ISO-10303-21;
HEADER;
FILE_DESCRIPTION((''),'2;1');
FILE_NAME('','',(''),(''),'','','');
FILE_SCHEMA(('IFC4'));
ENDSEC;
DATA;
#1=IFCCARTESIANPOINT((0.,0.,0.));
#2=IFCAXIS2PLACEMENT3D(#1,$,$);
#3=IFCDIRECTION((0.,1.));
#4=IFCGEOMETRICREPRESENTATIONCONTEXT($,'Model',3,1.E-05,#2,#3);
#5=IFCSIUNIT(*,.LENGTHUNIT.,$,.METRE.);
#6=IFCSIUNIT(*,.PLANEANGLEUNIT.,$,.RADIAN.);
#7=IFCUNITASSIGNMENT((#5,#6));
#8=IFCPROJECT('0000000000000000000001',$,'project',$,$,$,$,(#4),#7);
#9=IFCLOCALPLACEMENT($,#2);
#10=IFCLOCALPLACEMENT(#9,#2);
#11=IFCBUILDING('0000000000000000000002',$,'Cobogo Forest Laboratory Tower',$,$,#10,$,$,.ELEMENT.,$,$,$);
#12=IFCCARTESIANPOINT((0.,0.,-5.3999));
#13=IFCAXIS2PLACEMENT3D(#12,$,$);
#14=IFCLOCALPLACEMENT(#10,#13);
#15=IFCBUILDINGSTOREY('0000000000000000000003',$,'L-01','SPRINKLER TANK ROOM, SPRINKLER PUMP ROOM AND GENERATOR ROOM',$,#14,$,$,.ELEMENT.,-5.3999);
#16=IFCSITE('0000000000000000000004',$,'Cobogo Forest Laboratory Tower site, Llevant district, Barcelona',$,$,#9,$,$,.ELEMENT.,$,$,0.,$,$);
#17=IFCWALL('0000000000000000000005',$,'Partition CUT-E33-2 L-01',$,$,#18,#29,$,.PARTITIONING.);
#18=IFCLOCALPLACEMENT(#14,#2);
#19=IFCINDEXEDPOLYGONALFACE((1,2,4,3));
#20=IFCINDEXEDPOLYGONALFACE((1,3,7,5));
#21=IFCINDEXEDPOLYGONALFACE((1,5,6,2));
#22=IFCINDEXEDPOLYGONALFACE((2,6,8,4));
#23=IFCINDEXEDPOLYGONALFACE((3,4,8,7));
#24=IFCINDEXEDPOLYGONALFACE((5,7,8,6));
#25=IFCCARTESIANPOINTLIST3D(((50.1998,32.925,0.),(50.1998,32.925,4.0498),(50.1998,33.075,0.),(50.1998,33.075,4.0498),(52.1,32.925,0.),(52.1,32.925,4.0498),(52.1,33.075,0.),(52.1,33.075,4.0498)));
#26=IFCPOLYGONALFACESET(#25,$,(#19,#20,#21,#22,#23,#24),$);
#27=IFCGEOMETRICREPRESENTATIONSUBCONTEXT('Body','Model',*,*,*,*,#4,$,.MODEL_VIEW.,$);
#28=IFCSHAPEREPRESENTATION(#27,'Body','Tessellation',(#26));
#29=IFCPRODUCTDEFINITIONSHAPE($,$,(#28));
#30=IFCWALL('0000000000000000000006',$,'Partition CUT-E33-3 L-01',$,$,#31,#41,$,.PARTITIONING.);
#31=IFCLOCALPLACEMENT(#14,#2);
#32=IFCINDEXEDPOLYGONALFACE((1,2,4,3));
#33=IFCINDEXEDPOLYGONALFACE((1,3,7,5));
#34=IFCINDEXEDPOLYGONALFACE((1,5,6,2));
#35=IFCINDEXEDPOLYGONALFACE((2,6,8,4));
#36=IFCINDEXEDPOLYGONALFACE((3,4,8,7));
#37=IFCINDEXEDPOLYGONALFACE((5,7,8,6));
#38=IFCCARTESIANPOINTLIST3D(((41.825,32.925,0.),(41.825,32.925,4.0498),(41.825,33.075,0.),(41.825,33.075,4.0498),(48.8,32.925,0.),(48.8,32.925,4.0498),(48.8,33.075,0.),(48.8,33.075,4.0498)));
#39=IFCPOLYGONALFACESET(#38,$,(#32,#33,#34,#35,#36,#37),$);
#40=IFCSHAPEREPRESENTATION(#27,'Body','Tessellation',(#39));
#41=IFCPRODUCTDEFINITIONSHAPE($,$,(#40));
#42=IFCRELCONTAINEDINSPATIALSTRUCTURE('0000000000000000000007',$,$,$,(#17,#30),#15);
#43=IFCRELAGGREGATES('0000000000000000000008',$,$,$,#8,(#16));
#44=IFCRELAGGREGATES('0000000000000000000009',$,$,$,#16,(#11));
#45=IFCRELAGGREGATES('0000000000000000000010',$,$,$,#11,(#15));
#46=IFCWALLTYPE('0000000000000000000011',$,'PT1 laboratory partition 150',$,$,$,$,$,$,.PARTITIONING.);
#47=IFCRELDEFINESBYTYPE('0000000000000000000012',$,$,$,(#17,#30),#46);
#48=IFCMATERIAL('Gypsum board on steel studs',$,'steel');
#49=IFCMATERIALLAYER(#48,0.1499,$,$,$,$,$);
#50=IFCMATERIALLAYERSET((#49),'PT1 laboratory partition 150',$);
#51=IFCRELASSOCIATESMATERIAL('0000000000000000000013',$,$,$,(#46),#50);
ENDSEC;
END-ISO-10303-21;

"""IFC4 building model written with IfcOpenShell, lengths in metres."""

from ifc_helpers import new_model, si_unit, direction, frame, frame_2d, origin, place, context, subcontext, project, spatial, rectangle, extrude, material, layer, layer_set, type_object, element, save


model = new_model("IFC4")

# Units and contexts
model_context = context("Model", 3, precision=1e-05, world=origin(), true_north=direction((0.0, 1.0)))
body_context = subcontext(model_context, "Body", "Model", "MODEL_VIEW")
ifc_project = project(units=[si_unit("LENGTHUNIT", "METRE"), si_unit("PLANEANGLEUNIT", "RADIAN")], contexts=[model_context])

# Site, building, storey
site_placement = place(None, origin())
site = spatial("IfcSite", under=ifc_project, at=site_placement, Name="Cobogo Forest Laboratory Tower site, Llevant district, Barcelona", CompositionType="ELEMENT", RefElevation=0.0)
building_placement = place(site_placement, origin())
building = spatial("IfcBuilding", under=site, at=building_placement, Name="Cobogo Forest Laboratory Tower", CompositionType="ELEMENT")
storey_placement = place(building_placement, frame((0.0, 0.0, -5.3999)))
storey = spatial("IfcBuildingStorey", under=building, at=storey_placement, Name="L-01", Description="SPRINKLER TANK ROOM, SPRINKLER PUMP ROOM AND GENERATOR ROOM", CompositionType="ELEMENT", Elevation=-5.3999)

# Walls
ifc_material_1 = material(Name="Gypsum board on steel studs", Category="steel")
ifc_layer_1 = layer(ifc_material_1, 0.1499)
ifc_layer_set_1 = layer_set([ifc_layer_1], Name="PT1 laboratory partition 150")
wall_type_1 = type_object("IfcWallType", Name="PT1 laboratory partition 150", PredefinedType="PARTITIONING", material=ifc_layer_set_1)
wall_1_placement = place(storey_placement, frame((52.1001, 33.0, 0.0), z_axis=(0.0, 0.0, 1.0), x_axis=(-1.0, 0.0, 0.0)))
element("IfcWall", 1, at=wall_1_placement, inside=storey, type_object=wall_type_1, Name="Partition CUT-E33-2 L-01", PredefinedType="PARTITIONING", context=body_context, shape_type="SweptSolid", body=[
    extrude(rectangle(XDim=1.9001, YDim=0.1499, at=frame_2d((0.9502, 0.0))), origin(), (0.0, 0.0, 1.0), 4.0498),
])
wall_2_placement = place(storey_placement, frame((48.8, 33.0, 0.0), z_axis=(0.0, 0.0, 1.0), x_axis=(-1.0, 0.0, 0.0)))
element("IfcWall", 2, at=wall_2_placement, inside=storey, type_object=wall_type_1, Name="Partition CUT-E33-3 L-01", PredefinedType="PARTITIONING", context=body_context, shape_type="SweptSolid", body=[
    extrude(rectangle(XDim=6.9751, YDim=0.1499, at=frame_2d((3.4875, 0.0))), origin(), (0.0, 0.0, 1.0), 4.0498),
])

save(model, "model.ifc")
